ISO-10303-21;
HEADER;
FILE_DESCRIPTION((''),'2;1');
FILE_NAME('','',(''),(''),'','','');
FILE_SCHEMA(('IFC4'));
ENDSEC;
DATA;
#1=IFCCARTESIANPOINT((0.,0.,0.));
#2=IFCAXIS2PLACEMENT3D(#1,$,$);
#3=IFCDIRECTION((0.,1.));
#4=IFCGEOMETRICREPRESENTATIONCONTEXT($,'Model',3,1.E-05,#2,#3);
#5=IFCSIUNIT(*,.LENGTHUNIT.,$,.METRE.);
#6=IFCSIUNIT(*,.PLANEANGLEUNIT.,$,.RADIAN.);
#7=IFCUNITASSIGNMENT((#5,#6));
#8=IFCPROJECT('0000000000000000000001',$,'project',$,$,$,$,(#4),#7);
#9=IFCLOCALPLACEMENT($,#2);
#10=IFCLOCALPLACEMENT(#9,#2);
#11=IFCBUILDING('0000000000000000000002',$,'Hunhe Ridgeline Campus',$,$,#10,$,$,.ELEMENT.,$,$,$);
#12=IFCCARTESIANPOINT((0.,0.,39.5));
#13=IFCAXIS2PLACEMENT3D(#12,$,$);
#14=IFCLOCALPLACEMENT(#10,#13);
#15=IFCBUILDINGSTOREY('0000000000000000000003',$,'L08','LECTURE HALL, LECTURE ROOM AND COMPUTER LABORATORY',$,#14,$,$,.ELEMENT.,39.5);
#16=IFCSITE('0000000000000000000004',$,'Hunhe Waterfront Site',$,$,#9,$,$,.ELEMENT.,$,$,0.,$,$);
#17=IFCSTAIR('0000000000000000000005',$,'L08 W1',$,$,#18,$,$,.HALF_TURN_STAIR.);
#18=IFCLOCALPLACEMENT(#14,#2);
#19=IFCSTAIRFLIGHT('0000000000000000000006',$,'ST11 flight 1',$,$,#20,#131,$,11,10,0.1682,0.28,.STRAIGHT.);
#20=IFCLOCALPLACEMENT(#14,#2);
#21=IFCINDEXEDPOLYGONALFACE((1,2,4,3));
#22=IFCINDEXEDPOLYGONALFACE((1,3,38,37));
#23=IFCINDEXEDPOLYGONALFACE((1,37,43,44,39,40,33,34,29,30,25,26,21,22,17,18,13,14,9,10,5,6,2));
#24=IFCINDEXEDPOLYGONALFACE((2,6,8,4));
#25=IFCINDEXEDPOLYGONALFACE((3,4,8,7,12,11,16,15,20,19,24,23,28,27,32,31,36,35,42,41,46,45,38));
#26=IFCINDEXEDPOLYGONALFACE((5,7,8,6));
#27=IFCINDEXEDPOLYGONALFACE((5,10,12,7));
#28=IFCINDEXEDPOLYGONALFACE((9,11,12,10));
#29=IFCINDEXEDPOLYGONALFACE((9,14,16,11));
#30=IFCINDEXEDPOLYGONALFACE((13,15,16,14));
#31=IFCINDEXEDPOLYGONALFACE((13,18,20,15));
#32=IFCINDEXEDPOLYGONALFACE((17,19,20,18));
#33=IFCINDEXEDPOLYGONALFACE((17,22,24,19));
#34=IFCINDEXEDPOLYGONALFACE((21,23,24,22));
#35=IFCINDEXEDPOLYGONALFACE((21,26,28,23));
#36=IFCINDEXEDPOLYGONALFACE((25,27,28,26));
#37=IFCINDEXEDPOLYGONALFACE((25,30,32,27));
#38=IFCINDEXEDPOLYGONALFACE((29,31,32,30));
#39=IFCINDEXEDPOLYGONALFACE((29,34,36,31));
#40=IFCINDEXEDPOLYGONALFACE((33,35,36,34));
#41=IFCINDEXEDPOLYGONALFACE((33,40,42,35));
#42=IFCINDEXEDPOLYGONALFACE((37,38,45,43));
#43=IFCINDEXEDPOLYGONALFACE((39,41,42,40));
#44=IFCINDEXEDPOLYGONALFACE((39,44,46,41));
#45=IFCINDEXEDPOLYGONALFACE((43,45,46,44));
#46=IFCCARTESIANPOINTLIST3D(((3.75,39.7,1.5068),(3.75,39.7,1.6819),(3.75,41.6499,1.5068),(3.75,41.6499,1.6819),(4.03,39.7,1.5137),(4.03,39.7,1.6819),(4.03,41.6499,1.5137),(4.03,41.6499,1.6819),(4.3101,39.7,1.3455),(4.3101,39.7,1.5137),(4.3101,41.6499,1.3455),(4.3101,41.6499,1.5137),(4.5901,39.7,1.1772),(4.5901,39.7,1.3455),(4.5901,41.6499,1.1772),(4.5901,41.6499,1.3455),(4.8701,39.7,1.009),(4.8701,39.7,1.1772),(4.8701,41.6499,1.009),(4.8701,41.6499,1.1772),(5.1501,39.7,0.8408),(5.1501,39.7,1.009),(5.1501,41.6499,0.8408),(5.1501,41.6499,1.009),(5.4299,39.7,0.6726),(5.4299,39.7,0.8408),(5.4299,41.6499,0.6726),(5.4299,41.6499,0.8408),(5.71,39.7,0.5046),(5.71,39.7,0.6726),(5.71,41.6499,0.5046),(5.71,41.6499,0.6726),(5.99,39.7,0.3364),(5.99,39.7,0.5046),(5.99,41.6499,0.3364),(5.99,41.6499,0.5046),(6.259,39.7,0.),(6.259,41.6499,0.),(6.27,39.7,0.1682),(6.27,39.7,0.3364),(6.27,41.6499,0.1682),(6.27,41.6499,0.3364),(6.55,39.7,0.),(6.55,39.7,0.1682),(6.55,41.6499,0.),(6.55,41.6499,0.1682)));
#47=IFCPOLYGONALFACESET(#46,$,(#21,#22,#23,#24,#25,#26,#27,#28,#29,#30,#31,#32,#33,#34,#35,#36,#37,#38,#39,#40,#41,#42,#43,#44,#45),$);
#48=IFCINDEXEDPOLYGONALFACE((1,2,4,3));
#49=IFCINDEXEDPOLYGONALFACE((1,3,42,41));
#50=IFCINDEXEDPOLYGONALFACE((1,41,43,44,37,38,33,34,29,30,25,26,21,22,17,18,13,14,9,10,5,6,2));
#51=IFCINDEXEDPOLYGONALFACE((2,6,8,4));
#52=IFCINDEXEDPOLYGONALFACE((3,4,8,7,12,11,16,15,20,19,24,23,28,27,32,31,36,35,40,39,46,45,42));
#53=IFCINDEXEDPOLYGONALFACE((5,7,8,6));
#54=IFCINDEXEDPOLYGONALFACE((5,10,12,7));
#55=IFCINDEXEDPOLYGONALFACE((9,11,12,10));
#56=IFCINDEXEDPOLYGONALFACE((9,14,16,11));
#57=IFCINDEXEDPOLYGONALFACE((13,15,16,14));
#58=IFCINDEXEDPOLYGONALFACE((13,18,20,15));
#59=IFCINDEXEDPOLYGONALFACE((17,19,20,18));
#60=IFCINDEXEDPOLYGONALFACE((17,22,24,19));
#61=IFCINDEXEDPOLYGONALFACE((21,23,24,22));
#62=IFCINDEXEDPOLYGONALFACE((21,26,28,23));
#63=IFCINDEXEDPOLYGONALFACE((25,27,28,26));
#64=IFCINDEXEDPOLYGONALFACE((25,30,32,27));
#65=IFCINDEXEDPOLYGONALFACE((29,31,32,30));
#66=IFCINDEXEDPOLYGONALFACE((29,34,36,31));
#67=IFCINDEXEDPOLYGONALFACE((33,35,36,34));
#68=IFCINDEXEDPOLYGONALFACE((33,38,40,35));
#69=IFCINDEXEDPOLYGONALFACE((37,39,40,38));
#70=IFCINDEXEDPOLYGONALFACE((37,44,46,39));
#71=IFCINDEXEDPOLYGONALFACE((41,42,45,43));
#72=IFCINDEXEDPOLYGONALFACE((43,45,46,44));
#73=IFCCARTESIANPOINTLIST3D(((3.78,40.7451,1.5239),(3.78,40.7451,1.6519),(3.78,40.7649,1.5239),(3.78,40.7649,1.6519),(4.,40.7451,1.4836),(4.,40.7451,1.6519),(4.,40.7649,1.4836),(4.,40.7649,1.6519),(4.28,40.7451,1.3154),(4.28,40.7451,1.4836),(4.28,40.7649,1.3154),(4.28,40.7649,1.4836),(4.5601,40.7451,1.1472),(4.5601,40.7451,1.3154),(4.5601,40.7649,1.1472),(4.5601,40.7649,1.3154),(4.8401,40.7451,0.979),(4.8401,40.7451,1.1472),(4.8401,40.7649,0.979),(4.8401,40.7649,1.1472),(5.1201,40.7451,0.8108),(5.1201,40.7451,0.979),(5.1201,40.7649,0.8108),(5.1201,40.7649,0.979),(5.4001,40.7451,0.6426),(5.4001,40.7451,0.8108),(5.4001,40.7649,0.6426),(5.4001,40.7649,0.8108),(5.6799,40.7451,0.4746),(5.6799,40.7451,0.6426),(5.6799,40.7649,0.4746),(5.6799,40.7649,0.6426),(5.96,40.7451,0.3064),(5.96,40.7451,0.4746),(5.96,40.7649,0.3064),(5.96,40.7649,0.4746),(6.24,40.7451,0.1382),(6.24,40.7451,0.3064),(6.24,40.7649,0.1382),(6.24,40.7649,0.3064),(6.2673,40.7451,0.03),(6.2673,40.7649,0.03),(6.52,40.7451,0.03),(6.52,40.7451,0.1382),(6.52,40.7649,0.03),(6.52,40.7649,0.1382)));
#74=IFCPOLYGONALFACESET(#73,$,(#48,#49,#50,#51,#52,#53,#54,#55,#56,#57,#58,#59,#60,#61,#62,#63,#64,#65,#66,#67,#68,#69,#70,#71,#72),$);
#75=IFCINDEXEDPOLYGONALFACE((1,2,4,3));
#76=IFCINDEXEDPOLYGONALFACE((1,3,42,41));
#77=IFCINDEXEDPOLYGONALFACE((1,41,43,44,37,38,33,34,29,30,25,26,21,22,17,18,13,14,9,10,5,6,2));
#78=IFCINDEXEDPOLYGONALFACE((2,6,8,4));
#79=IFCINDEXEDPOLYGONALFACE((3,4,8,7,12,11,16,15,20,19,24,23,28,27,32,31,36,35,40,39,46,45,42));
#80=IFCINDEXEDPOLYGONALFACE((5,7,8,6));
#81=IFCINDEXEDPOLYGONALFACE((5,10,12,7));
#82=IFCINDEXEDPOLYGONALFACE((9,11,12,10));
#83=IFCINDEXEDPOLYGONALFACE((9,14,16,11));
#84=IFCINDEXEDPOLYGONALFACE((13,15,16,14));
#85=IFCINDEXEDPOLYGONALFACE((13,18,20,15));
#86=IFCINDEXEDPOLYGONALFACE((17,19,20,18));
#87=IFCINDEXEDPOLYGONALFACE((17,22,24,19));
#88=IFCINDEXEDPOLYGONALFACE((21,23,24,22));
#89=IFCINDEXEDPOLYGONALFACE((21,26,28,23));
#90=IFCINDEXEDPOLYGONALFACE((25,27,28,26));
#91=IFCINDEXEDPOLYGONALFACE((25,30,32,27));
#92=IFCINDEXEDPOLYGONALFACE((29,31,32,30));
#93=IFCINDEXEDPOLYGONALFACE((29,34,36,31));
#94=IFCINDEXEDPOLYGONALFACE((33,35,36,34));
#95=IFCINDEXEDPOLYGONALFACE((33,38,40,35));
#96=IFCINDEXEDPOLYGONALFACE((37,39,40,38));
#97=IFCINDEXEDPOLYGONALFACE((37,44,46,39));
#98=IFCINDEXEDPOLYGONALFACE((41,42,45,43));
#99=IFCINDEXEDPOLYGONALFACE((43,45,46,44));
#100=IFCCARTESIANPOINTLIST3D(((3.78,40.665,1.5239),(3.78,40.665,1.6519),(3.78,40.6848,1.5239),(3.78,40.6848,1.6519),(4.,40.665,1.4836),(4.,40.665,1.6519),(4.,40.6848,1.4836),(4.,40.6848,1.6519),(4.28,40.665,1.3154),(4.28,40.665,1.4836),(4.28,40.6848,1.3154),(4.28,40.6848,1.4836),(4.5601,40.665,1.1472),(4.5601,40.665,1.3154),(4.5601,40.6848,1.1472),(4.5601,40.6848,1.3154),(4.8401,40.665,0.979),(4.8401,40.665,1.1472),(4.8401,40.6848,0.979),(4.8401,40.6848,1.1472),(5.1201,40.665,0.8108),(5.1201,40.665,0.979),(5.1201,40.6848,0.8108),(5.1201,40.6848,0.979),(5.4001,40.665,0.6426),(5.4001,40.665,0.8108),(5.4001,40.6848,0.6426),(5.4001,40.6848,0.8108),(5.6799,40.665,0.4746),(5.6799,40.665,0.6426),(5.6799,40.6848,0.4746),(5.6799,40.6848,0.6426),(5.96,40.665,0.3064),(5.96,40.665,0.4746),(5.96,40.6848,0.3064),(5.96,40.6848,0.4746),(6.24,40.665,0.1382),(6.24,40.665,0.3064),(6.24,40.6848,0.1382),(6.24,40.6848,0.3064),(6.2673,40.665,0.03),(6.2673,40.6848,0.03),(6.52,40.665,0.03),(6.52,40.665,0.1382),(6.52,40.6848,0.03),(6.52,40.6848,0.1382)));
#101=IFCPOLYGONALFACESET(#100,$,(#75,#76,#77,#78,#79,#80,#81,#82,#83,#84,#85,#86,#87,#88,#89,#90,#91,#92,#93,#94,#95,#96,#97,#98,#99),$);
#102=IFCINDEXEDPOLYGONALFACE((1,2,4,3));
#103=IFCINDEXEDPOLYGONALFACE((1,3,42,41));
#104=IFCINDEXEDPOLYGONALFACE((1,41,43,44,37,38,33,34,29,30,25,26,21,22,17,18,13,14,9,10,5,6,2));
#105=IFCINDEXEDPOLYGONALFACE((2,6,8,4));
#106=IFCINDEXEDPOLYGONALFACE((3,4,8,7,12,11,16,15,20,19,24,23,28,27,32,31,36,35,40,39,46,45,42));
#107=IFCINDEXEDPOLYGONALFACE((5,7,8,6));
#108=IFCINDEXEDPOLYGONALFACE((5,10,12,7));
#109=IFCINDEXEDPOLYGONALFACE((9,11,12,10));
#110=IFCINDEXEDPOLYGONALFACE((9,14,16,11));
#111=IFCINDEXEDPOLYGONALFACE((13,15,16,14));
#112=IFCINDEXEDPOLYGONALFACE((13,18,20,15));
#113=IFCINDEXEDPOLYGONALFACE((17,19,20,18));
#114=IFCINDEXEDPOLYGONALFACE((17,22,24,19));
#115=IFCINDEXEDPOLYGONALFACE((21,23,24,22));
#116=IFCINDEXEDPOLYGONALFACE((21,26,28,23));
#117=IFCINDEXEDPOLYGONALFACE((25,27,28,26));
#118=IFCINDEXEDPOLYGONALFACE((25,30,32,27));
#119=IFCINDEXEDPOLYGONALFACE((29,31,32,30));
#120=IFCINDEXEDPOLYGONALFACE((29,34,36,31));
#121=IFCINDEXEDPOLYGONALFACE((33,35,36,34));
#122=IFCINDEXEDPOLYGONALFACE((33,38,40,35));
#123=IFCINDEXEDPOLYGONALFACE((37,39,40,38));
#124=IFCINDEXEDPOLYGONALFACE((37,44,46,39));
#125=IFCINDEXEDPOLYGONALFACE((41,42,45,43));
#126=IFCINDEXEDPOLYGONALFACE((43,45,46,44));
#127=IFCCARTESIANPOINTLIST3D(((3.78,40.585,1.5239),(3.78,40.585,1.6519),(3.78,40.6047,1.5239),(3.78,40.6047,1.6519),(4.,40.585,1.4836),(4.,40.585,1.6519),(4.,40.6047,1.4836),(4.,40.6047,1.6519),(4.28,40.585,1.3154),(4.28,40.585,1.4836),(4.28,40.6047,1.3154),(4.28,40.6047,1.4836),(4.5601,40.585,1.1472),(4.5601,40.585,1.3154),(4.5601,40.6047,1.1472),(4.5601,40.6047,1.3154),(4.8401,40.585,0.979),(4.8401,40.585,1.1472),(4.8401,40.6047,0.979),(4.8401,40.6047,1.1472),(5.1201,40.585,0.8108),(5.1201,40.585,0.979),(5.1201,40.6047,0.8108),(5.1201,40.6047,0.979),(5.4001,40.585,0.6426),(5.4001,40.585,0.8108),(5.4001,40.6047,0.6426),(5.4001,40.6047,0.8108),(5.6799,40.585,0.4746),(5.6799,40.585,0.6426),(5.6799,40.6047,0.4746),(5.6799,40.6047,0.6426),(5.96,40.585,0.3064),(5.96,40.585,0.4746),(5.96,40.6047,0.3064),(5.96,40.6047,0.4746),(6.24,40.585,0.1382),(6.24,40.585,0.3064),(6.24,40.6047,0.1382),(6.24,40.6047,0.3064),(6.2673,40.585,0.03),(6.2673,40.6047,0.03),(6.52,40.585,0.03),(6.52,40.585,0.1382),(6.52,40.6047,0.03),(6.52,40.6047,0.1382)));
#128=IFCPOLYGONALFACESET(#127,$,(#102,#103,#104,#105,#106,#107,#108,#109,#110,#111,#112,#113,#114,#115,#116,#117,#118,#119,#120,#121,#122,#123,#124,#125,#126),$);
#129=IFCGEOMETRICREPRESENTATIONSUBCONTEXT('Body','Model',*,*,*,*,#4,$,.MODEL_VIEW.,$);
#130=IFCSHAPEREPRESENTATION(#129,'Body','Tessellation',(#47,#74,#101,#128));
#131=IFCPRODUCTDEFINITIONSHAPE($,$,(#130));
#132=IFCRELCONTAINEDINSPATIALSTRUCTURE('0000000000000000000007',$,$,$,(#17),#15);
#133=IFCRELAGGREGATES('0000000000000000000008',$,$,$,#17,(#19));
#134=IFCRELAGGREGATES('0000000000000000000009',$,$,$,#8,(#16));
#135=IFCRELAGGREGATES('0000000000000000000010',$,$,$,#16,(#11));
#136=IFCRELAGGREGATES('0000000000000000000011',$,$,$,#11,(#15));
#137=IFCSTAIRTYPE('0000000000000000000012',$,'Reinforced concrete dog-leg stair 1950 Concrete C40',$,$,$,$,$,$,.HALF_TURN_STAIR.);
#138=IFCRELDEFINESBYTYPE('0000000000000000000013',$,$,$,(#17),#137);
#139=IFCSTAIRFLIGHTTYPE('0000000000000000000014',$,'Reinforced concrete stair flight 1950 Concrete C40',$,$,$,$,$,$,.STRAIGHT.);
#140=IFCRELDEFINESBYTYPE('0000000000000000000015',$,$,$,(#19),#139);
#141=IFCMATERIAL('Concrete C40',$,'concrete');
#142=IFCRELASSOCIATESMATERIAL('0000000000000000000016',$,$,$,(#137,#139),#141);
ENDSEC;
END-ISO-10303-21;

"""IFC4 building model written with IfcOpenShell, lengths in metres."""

from ifc_helpers import new_model, si_unit, direction, frame, origin, place, context, subcontext, project, spatial, polyline, outline, extrude, material, type_object, element, aggregate, save


model = new_model("IFC4")

# Units and contexts
model_context = context("Model", 3, precision=1e-05, world=origin(), true_north=direction((0.0, 1.0)))
body_context = subcontext(model_context, "Body", "Model", "MODEL_VIEW")
ifc_project = project(units=[si_unit("LENGTHUNIT", "METRE"), si_unit("PLANEANGLEUNIT", "RADIAN")], contexts=[model_context])

# Site, building, storey
site_placement = place(None, origin())
site = spatial("IfcSite", under=ifc_project, at=site_placement, Name="Hunhe Waterfront Site", CompositionType="ELEMENT", RefElevation=0.0)
building_placement = place(site_placement, origin())
building = spatial("IfcBuilding", under=site, at=building_placement, Name="Hunhe Ridgeline Campus", CompositionType="ELEMENT")
storey_placement = place(building_placement, frame((0.0, 0.0, 39.5)))
storey = spatial("IfcBuildingStorey", under=building, at=storey_placement, Name="L08", Description="LECTURE HALL, LECTURE ROOM AND COMPUTER LABORATORY", CompositionType="ELEMENT", Elevation=39.5)

# Stair, stair flight
ifc_material_1 = material(Name="Concrete C40", Category="concrete")
stair_type = type_object("IfcStairType", Name="Reinforced concrete dog-leg stair 1950 Concrete C40", PredefinedType="HALF_TURN_STAIR", material=ifc_material_1)
stair_placement = place(storey_placement, origin())
stair = element("IfcStair", 1, at=stair_placement, inside=storey, type_object=stair_type, Name="L08 W1", PredefinedType="HALF_TURN_STAIR")
stair_flight_type = type_object("IfcStairFlightType", Name="Reinforced concrete stair flight 1950 Concrete C40", PredefinedType="STRAIGHT", material=ifc_material_1)
stair_flight_1_placement = place(storey_placement, frame((6.55, 40.675, 0.0), z_axis=(0.0, 0.0, 1.0), x_axis=(-1.0, 0.0, 0.0)))
stair_flight_1 = element("IfcStairFlight", 2, at=stair_flight_1_placement, type_object=stair_flight_type, Name="ST11 flight 1", NumberOfRisers=11, NumberOfTreads=10, PredefinedType="STRAIGHT", RiserHeight=0.1682, TreadLength=0.28, context=body_context, shape_type="SweptSolid", body=[
    extrude(outline(polyline([(0.0, 0.0), (0.0, 0.1682), (0.28, 0.1682), (0.28, 0.3364), (0.5601, 0.3364), (0.5601, 0.5046), (0.8401, 0.5046), (0.8401, 0.6726), (1.1201, 0.6726), (1.1201, 0.8408), (1.3999, 0.8408), (1.3999, 1.009), (1.6799, 1.009), (1.6799, 1.1772), (1.96, 1.1772), (1.96, 1.3455), (2.24, 1.3455), (2.24, 1.5137), (2.52, 1.5137), (2.52, 1.6819), (2.8, 1.6819), (2.8, 1.8501), (2.8, 1.5068), (0.291, 0.0), (0.0, 0.0)])), frame((0.0, 0.9751, 0.0), z_axis=(0.0, -1.0, 0.0), x_axis=(1.0, 0.0, 0.0)), (0.0, 0.0, 1.0), 1.95),
    extrude(outline(polyline([(0.03, 0.03), (0.03, 0.1382), (0.3101, 0.1382), (0.3101, 0.3064), (0.5901, 0.3064), (0.5901, 0.4746), (0.8701, 0.4746), (0.8701, 0.6426), (1.1499, 0.6426), (1.1499, 0.8108), (1.4299, 0.8108), (1.4299, 0.979), (1.71, 0.979), (1.71, 1.1472), (1.99, 1.1472), (1.99, 1.3154), (2.27, 1.3154), (2.27, 1.4836), (2.55, 1.4836), (2.55, 1.6519), (2.77, 1.6519), (2.77, 1.5239), (0.2827, 0.03), (0.03, 0.03)])), frame((0.0, -0.0701, 0.0), z_axis=(0.0, -1.0, 0.0), x_axis=(1.0, 0.0, 0.0)), (0.0, 0.0, 1.0), 0.0198),
    extrude(outline(polyline([(0.03, 0.03), (0.03, 0.1382), (0.3101, 0.1382), (0.3101, 0.3064), (0.5901, 0.3064), (0.5901, 0.4746), (0.8701, 0.4746), (0.8701, 0.6426), (1.1499, 0.6426), (1.1499, 0.8108), (1.4299, 0.8108), (1.4299, 0.979), (1.71, 0.979), (1.71, 1.1472), (1.99, 1.1472), (1.99, 1.3154), (2.27, 1.3154), (2.27, 1.4836), (2.55, 1.4836), (2.55, 1.6519), (2.77, 1.6519), (2.77, 1.5239), (0.2827, 0.03), (0.03, 0.03)])), frame((0.0, 0.01, 0.0), z_axis=(0.0, -1.0, 0.0), x_axis=(1.0, 0.0, 0.0)), (0.0, 0.0, 1.0), 0.0198),
    extrude(outline(polyline([(0.03, 0.03), (0.03, 0.1382), (0.3101, 0.1382), (0.3101, 0.3064), (0.5901, 0.3064), (0.5901, 0.4746), (0.8701, 0.4746), (0.8701, 0.6426), (1.1499, 0.6426), (1.1499, 0.8108), (1.4299, 0.8108), (1.4299, 0.979), (1.71, 0.979), (1.71, 1.1472), (1.99, 1.1472), (1.99, 1.3154), (2.27, 1.3154), (2.27, 1.4836), (2.55, 1.4836), (2.55, 1.6519), (2.77, 1.6519), (2.77, 1.5239), (0.2827, 0.03), (0.03, 0.03)])), frame((0.0, 0.0901, 0.0), z_axis=(0.0, -1.0, 0.0), x_axis=(1.0, 0.0, 0.0)), (0.0, 0.0, 1.0), 0.0198),
])
aggregate(stair, [stair_flight_1])

save(model, "model.ifc")
